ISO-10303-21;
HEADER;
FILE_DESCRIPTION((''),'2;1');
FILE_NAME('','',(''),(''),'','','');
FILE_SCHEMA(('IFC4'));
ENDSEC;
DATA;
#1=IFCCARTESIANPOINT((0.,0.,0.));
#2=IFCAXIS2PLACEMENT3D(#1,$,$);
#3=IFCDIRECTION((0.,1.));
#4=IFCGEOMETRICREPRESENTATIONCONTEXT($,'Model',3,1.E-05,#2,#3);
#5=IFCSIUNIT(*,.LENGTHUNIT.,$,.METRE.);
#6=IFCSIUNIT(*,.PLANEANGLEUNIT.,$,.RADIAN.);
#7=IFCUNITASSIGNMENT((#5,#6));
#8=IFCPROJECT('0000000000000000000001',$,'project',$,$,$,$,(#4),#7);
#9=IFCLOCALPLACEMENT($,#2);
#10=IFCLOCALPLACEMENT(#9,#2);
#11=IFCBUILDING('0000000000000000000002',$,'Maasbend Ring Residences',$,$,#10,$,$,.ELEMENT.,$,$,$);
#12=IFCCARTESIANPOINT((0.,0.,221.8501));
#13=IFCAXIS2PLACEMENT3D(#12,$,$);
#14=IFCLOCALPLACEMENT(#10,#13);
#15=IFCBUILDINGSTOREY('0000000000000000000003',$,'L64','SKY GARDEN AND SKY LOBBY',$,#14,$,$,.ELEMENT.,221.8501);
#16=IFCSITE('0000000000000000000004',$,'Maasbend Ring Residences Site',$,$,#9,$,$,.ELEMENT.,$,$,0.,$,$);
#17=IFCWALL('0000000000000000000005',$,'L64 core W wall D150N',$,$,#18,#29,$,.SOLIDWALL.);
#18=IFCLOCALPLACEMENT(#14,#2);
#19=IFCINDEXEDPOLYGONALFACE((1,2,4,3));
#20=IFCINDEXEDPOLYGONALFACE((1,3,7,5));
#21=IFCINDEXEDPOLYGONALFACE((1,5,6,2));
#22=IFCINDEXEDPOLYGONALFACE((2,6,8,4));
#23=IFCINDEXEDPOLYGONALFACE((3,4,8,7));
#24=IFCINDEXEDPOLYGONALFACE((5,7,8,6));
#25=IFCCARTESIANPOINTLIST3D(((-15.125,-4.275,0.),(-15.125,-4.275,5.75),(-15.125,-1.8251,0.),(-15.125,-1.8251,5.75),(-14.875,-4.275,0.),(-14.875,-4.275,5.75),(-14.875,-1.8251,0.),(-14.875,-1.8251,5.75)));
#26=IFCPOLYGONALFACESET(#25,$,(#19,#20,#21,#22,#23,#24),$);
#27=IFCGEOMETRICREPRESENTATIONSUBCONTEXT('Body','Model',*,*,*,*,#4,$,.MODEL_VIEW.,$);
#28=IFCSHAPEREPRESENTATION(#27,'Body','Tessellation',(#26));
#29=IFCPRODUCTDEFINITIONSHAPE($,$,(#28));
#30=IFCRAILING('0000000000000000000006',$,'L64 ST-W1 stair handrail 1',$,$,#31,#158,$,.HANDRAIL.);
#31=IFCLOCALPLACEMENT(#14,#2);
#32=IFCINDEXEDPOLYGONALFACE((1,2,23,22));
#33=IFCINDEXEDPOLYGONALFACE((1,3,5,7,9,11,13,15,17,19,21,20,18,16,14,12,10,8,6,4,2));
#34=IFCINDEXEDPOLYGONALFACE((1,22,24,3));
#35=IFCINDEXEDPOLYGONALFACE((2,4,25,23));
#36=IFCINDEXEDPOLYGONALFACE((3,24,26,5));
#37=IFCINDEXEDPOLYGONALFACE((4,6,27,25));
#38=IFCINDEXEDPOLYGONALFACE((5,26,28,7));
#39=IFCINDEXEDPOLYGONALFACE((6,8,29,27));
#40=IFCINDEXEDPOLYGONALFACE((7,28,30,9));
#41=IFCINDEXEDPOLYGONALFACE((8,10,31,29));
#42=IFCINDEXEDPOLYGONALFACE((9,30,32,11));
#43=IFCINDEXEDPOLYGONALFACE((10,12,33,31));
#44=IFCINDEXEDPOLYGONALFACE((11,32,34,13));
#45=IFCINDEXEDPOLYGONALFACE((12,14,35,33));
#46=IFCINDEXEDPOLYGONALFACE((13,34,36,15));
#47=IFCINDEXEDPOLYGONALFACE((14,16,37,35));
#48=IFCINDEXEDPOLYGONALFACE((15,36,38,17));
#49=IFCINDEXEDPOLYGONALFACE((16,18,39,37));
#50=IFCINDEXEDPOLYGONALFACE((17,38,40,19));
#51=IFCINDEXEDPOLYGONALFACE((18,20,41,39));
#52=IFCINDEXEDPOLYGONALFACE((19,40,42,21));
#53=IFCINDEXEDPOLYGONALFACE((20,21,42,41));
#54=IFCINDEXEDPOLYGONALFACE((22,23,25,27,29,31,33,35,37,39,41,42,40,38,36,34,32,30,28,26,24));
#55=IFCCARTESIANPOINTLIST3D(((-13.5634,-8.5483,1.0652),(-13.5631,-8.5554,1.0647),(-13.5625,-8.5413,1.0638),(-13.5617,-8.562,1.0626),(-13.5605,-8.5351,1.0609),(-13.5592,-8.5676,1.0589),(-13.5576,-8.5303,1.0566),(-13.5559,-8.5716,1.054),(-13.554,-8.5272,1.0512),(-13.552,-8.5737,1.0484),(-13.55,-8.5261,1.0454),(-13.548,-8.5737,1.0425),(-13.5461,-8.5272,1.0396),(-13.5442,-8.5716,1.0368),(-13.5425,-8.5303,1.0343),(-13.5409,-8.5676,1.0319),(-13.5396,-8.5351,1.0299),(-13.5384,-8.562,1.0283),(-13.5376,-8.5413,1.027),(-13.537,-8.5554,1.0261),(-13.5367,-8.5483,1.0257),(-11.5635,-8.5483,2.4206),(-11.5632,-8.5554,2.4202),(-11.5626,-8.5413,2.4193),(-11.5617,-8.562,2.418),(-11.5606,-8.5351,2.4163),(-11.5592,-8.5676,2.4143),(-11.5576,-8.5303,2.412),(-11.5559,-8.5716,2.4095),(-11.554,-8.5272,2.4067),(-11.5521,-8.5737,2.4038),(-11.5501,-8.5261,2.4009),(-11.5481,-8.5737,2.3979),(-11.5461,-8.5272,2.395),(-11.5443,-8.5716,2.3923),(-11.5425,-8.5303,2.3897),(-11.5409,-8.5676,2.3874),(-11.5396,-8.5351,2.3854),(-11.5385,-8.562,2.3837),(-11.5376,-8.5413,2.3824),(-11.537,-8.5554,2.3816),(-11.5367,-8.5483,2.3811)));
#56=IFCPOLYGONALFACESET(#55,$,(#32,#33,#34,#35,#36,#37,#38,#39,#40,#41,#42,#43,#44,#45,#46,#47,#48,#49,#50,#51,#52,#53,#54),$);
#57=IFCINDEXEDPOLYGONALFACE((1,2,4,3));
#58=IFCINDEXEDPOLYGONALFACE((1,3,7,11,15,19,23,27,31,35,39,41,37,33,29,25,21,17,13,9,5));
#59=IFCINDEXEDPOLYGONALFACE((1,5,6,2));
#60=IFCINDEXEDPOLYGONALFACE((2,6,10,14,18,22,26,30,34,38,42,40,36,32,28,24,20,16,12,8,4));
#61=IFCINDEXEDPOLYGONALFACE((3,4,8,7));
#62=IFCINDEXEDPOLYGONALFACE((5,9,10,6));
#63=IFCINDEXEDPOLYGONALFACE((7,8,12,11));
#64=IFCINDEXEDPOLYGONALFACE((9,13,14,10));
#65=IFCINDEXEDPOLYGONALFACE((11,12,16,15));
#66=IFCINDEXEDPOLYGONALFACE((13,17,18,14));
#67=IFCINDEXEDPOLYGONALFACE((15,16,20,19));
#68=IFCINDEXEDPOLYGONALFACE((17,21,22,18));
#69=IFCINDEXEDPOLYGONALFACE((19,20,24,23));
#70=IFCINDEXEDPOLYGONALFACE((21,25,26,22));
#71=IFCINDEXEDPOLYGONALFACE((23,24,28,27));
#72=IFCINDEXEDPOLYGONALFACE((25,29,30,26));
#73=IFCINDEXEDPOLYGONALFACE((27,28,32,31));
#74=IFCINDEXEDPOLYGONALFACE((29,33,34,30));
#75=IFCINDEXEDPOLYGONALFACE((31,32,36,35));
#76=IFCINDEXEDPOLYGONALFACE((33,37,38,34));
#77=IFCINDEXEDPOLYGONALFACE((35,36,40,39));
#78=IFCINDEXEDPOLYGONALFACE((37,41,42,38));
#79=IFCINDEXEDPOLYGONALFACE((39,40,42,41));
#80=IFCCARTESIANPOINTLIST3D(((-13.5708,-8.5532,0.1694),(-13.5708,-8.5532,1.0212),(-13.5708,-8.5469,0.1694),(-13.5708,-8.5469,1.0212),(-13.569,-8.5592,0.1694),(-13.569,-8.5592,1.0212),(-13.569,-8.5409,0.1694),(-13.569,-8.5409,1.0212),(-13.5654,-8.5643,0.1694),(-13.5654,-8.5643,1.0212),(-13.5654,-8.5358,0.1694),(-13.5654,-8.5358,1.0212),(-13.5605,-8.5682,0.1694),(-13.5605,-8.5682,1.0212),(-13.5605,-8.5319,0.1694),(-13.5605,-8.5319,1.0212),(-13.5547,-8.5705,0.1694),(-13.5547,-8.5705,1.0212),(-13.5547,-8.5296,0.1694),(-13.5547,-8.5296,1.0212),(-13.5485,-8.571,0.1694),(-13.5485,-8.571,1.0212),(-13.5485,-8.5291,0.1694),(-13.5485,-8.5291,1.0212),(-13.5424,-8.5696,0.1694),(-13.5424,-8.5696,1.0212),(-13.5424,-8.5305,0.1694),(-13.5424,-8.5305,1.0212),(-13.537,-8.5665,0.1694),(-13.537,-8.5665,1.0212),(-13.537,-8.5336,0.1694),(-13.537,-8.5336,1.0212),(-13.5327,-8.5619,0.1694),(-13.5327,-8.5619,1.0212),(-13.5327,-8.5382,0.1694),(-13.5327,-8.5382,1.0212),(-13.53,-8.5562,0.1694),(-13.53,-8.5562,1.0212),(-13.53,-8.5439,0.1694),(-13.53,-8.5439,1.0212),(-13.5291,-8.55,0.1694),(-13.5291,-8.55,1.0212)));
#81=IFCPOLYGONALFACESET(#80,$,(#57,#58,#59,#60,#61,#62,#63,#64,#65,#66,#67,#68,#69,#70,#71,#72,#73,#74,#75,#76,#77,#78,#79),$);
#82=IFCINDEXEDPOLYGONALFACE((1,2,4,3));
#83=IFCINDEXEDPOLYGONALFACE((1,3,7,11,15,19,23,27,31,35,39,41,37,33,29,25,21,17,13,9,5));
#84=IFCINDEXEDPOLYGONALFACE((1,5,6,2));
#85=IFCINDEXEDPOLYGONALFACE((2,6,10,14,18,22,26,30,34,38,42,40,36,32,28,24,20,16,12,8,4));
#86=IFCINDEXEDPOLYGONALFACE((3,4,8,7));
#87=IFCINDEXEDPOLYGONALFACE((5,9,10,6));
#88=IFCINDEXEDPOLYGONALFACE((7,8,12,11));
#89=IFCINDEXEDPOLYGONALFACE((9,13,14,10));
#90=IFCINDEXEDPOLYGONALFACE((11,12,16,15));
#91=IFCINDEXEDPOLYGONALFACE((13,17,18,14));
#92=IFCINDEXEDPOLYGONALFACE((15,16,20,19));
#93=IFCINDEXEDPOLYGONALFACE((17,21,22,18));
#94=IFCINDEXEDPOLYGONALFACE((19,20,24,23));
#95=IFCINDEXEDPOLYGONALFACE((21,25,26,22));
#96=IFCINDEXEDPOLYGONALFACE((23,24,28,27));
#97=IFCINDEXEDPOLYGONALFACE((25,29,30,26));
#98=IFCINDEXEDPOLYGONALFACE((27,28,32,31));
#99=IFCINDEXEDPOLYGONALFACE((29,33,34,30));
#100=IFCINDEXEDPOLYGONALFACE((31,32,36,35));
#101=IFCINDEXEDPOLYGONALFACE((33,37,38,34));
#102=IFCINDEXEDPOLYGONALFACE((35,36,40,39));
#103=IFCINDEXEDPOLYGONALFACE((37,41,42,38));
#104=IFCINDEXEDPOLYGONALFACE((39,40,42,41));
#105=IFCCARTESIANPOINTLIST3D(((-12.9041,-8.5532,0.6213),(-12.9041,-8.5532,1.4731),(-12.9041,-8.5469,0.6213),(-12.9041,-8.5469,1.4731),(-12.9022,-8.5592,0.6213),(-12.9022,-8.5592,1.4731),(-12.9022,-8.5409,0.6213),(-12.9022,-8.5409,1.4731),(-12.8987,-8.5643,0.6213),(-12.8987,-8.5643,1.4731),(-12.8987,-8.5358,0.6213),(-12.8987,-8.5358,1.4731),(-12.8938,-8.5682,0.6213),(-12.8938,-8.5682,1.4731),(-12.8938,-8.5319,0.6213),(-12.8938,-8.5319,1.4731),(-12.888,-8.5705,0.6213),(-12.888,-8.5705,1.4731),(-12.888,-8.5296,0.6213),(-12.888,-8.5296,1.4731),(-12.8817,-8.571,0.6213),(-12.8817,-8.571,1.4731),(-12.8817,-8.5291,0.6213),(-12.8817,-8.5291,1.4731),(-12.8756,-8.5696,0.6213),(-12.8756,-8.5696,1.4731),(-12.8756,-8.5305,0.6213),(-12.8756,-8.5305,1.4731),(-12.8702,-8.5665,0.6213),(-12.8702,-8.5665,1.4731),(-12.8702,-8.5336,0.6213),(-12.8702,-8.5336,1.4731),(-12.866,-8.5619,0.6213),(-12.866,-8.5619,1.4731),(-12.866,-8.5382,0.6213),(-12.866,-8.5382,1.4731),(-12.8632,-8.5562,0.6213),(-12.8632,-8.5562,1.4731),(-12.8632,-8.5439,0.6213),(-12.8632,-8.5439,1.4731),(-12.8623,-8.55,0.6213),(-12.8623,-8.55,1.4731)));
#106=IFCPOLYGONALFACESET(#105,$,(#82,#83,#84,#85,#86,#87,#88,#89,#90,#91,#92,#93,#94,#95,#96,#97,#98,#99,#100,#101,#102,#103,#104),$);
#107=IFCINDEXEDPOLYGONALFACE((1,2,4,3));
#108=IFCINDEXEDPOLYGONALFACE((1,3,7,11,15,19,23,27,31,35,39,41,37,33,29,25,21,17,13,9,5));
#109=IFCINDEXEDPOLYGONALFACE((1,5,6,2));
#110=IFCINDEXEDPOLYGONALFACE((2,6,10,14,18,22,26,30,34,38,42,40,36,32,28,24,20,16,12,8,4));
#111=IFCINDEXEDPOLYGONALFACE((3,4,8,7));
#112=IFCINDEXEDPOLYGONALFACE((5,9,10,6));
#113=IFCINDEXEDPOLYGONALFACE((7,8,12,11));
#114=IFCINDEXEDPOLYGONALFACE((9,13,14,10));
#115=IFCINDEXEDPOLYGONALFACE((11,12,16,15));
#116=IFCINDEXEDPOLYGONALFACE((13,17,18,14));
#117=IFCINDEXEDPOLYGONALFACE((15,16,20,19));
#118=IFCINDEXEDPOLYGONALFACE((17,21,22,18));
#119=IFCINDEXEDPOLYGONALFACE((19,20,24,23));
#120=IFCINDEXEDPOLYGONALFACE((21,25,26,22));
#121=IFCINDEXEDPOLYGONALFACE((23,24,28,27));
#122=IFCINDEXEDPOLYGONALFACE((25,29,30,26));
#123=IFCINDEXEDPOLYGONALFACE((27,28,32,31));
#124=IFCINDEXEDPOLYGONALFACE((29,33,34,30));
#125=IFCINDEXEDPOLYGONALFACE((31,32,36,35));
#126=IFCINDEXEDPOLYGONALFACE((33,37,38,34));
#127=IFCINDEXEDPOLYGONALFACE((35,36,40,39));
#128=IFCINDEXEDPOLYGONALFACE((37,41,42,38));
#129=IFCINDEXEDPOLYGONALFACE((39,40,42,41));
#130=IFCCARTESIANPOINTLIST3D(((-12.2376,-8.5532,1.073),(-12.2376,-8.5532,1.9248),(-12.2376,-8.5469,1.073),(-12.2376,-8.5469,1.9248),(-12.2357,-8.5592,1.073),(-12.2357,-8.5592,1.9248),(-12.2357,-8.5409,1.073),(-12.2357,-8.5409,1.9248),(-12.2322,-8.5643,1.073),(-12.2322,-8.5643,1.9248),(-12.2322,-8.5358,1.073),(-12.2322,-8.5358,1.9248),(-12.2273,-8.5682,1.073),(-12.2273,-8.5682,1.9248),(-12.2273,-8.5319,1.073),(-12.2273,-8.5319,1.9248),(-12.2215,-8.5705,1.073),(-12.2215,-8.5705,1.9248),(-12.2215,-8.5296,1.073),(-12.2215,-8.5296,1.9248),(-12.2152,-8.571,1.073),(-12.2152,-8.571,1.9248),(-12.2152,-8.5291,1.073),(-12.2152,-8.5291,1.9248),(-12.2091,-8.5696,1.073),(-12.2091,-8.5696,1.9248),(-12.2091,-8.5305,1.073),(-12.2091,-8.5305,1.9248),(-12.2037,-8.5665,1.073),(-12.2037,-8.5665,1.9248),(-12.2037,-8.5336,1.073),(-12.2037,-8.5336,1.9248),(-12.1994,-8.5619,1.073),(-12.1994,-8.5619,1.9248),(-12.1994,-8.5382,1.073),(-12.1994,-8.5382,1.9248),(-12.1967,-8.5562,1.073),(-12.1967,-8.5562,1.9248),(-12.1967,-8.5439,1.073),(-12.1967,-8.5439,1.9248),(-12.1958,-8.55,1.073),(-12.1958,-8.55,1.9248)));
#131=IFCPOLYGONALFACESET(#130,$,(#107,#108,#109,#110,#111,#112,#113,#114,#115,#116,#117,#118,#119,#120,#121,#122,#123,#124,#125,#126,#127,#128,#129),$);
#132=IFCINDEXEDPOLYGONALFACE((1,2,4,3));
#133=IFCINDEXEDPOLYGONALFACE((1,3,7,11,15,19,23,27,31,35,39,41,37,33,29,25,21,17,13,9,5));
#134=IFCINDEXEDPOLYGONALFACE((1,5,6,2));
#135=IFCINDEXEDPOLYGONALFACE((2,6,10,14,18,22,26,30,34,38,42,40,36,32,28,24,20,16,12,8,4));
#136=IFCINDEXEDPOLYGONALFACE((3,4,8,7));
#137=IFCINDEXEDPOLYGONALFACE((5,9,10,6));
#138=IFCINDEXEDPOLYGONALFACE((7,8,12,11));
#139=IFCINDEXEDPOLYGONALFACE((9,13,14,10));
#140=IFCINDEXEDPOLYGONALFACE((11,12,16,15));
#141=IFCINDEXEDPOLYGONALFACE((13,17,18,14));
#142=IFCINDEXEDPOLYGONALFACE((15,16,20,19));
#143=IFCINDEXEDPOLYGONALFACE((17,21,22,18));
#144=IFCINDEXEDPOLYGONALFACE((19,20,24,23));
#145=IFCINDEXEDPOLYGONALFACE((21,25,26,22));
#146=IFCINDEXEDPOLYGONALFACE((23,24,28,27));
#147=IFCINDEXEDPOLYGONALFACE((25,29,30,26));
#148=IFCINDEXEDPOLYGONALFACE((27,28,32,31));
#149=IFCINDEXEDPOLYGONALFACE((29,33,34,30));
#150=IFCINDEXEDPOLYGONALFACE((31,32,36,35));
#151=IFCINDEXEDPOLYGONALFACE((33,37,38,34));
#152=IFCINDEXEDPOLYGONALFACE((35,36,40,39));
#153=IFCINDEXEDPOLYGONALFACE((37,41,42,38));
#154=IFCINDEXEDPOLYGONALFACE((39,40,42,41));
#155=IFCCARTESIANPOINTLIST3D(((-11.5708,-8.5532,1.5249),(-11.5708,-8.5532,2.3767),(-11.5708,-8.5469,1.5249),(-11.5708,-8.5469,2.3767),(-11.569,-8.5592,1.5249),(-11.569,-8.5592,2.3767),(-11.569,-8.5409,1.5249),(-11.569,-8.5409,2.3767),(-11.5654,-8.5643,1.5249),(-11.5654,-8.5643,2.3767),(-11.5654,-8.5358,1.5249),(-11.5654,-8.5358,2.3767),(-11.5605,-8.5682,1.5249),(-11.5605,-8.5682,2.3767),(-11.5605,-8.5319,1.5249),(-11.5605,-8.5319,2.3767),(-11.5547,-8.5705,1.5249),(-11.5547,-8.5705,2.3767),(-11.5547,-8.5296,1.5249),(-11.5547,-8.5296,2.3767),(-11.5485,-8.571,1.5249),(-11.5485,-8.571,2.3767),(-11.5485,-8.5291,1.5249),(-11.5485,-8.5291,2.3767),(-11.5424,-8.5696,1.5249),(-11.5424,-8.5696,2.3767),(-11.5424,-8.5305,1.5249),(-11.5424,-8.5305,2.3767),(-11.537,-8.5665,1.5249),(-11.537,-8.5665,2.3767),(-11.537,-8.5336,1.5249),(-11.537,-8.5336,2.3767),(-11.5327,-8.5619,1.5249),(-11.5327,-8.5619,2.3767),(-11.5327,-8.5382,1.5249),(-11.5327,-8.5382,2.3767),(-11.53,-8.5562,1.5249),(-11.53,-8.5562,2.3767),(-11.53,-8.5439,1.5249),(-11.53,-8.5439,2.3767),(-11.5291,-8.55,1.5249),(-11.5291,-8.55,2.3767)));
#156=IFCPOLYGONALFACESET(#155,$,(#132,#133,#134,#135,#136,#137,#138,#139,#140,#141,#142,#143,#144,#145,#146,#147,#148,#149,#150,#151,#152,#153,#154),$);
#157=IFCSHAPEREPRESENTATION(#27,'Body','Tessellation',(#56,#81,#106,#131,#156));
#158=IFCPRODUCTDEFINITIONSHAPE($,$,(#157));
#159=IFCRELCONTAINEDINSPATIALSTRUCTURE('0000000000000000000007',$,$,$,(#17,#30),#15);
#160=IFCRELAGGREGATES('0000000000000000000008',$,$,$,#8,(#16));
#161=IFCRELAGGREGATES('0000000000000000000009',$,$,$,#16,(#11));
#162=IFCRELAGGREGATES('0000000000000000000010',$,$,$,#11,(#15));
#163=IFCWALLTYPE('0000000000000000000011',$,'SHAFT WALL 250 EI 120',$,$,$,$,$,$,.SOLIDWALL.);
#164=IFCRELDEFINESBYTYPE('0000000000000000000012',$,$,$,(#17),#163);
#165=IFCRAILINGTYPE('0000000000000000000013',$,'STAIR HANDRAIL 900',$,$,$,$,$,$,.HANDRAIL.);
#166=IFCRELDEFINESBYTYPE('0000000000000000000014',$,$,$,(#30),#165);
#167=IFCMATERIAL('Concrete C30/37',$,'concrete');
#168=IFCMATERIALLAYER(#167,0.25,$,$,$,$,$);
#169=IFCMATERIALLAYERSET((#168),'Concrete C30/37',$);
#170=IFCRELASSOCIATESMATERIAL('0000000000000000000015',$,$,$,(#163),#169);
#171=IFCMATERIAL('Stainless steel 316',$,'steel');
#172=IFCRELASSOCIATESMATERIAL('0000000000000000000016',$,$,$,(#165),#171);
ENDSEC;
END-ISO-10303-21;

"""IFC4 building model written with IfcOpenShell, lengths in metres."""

from ifc_helpers import new_model, si_unit, direction, frame, frame_2d, origin, origin_2d, place, context, subcontext, project, spatial, rectangle, circle, extrude, material, layer, layer_set, type_object, element, save


model = new_model("IFC4")

# Units and contexts
model_context = context("Model", 3, precision=1e-05, world=origin(), true_north=direction((0.0, 1.0)))
body_context = subcontext(model_context, "Body", "Model", "MODEL_VIEW")
ifc_project = project(units=[si_unit("LENGTHUNIT", "METRE"), si_unit("PLANEANGLEUNIT", "RADIAN")], contexts=[model_context])

# Site, building, storey
site_placement = place(None, origin())
site = spatial("IfcSite", under=ifc_project, at=site_placement, Name="Maasbend Ring Residences Site", CompositionType="ELEMENT", RefElevation=0.0)
building_placement = place(site_placement, origin())
building = spatial("IfcBuilding", under=site, at=building_placement, Name="Maasbend Ring Residences", CompositionType="ELEMENT")
storey_placement = place(building_placement, frame((0.0, 0.0, 221.8501)))
storey = spatial("IfcBuildingStorey", under=building, at=storey_placement, Name="L64", Description="SKY GARDEN AND SKY LOBBY", CompositionType="ELEMENT", Elevation=221.8501)

# Wall
ifc_material_1 = material(Name="Concrete C30/37", Category="concrete")
ifc_layer_1 = layer(ifc_material_1, 0.25)
ifc_layer_set_1 = layer_set([ifc_layer_1], Name="Concrete C30/37")
wall_type_1 = type_object("IfcWallType", Name="SHAFT WALL 250 EI 120", PredefinedType="SOLIDWALL", material=ifc_layer_set_1)
wall_1_placement = place(storey_placement, frame((-15.0, -1.825, 0.0), z_axis=(0.0, 0.0, 1.0), x_axis=(0.0, -1.0, 0.0)))
element("IfcWall", 1, at=wall_1_placement, inside=storey, type_object=wall_type_1, Name="L64 core W wall D150N", PredefinedType="SOLIDWALL", context=body_context, shape_type="SweptSolid", body=[
    extrude(rectangle(XDim=2.45, YDim=0.25, at=frame_2d((1.2251, 0.0))), origin(), (0.0, 0.0, 1.0), 5.75),
])

# Railing
ifc_material_2 = material(Name="Stainless steel 316", Category="steel")
railing_type_1 = type_object("IfcRailingType", Name="STAIR HANDRAIL 900", PredefinedType="HANDRAIL", material=ifc_material_2)
railing_1_placement = place(storey_placement, frame((-13.55, -8.55, 0.1694)))
element("IfcRailing", 2, at=railing_1_placement, inside=storey, type_object=railing_type_1, Name="L64 ST-W1 stair handrail 1", PredefinedType="HANDRAIL", context=body_context, shape_type="SweptSolid", body=[
    extrude(circle(Radius=0.0239, at=origin_2d()), frame((0.0, 0.0, 0.876), z_axis=(0.827798, 0.0, 0.561027), x_axis=(0.0, 1.0, 0.0)), (0.0, 0.0, 1.0), 2.416),
    extrude(circle(Radius=0.021, at=origin_2d()), origin(), (0.0, 0.0, 1.0), 0.8518),
    extrude(circle(Radius=0.021, at=origin_2d()), frame((0.6667, 0.0, 0.4519)), (0.0, 0.0, 1.0), 0.8518),
    extrude(circle(Radius=0.021, at=origin_2d()), frame((1.3333, 0.0, 0.9036)), (0.0, 0.0, 1.0), 0.8518),
    extrude(circle(Radius=0.021, at=origin_2d()), frame((2.0, 0.0, 1.3555)), (0.0, 0.0, 1.0), 0.8518),
])

save(model, "model.ifc")
